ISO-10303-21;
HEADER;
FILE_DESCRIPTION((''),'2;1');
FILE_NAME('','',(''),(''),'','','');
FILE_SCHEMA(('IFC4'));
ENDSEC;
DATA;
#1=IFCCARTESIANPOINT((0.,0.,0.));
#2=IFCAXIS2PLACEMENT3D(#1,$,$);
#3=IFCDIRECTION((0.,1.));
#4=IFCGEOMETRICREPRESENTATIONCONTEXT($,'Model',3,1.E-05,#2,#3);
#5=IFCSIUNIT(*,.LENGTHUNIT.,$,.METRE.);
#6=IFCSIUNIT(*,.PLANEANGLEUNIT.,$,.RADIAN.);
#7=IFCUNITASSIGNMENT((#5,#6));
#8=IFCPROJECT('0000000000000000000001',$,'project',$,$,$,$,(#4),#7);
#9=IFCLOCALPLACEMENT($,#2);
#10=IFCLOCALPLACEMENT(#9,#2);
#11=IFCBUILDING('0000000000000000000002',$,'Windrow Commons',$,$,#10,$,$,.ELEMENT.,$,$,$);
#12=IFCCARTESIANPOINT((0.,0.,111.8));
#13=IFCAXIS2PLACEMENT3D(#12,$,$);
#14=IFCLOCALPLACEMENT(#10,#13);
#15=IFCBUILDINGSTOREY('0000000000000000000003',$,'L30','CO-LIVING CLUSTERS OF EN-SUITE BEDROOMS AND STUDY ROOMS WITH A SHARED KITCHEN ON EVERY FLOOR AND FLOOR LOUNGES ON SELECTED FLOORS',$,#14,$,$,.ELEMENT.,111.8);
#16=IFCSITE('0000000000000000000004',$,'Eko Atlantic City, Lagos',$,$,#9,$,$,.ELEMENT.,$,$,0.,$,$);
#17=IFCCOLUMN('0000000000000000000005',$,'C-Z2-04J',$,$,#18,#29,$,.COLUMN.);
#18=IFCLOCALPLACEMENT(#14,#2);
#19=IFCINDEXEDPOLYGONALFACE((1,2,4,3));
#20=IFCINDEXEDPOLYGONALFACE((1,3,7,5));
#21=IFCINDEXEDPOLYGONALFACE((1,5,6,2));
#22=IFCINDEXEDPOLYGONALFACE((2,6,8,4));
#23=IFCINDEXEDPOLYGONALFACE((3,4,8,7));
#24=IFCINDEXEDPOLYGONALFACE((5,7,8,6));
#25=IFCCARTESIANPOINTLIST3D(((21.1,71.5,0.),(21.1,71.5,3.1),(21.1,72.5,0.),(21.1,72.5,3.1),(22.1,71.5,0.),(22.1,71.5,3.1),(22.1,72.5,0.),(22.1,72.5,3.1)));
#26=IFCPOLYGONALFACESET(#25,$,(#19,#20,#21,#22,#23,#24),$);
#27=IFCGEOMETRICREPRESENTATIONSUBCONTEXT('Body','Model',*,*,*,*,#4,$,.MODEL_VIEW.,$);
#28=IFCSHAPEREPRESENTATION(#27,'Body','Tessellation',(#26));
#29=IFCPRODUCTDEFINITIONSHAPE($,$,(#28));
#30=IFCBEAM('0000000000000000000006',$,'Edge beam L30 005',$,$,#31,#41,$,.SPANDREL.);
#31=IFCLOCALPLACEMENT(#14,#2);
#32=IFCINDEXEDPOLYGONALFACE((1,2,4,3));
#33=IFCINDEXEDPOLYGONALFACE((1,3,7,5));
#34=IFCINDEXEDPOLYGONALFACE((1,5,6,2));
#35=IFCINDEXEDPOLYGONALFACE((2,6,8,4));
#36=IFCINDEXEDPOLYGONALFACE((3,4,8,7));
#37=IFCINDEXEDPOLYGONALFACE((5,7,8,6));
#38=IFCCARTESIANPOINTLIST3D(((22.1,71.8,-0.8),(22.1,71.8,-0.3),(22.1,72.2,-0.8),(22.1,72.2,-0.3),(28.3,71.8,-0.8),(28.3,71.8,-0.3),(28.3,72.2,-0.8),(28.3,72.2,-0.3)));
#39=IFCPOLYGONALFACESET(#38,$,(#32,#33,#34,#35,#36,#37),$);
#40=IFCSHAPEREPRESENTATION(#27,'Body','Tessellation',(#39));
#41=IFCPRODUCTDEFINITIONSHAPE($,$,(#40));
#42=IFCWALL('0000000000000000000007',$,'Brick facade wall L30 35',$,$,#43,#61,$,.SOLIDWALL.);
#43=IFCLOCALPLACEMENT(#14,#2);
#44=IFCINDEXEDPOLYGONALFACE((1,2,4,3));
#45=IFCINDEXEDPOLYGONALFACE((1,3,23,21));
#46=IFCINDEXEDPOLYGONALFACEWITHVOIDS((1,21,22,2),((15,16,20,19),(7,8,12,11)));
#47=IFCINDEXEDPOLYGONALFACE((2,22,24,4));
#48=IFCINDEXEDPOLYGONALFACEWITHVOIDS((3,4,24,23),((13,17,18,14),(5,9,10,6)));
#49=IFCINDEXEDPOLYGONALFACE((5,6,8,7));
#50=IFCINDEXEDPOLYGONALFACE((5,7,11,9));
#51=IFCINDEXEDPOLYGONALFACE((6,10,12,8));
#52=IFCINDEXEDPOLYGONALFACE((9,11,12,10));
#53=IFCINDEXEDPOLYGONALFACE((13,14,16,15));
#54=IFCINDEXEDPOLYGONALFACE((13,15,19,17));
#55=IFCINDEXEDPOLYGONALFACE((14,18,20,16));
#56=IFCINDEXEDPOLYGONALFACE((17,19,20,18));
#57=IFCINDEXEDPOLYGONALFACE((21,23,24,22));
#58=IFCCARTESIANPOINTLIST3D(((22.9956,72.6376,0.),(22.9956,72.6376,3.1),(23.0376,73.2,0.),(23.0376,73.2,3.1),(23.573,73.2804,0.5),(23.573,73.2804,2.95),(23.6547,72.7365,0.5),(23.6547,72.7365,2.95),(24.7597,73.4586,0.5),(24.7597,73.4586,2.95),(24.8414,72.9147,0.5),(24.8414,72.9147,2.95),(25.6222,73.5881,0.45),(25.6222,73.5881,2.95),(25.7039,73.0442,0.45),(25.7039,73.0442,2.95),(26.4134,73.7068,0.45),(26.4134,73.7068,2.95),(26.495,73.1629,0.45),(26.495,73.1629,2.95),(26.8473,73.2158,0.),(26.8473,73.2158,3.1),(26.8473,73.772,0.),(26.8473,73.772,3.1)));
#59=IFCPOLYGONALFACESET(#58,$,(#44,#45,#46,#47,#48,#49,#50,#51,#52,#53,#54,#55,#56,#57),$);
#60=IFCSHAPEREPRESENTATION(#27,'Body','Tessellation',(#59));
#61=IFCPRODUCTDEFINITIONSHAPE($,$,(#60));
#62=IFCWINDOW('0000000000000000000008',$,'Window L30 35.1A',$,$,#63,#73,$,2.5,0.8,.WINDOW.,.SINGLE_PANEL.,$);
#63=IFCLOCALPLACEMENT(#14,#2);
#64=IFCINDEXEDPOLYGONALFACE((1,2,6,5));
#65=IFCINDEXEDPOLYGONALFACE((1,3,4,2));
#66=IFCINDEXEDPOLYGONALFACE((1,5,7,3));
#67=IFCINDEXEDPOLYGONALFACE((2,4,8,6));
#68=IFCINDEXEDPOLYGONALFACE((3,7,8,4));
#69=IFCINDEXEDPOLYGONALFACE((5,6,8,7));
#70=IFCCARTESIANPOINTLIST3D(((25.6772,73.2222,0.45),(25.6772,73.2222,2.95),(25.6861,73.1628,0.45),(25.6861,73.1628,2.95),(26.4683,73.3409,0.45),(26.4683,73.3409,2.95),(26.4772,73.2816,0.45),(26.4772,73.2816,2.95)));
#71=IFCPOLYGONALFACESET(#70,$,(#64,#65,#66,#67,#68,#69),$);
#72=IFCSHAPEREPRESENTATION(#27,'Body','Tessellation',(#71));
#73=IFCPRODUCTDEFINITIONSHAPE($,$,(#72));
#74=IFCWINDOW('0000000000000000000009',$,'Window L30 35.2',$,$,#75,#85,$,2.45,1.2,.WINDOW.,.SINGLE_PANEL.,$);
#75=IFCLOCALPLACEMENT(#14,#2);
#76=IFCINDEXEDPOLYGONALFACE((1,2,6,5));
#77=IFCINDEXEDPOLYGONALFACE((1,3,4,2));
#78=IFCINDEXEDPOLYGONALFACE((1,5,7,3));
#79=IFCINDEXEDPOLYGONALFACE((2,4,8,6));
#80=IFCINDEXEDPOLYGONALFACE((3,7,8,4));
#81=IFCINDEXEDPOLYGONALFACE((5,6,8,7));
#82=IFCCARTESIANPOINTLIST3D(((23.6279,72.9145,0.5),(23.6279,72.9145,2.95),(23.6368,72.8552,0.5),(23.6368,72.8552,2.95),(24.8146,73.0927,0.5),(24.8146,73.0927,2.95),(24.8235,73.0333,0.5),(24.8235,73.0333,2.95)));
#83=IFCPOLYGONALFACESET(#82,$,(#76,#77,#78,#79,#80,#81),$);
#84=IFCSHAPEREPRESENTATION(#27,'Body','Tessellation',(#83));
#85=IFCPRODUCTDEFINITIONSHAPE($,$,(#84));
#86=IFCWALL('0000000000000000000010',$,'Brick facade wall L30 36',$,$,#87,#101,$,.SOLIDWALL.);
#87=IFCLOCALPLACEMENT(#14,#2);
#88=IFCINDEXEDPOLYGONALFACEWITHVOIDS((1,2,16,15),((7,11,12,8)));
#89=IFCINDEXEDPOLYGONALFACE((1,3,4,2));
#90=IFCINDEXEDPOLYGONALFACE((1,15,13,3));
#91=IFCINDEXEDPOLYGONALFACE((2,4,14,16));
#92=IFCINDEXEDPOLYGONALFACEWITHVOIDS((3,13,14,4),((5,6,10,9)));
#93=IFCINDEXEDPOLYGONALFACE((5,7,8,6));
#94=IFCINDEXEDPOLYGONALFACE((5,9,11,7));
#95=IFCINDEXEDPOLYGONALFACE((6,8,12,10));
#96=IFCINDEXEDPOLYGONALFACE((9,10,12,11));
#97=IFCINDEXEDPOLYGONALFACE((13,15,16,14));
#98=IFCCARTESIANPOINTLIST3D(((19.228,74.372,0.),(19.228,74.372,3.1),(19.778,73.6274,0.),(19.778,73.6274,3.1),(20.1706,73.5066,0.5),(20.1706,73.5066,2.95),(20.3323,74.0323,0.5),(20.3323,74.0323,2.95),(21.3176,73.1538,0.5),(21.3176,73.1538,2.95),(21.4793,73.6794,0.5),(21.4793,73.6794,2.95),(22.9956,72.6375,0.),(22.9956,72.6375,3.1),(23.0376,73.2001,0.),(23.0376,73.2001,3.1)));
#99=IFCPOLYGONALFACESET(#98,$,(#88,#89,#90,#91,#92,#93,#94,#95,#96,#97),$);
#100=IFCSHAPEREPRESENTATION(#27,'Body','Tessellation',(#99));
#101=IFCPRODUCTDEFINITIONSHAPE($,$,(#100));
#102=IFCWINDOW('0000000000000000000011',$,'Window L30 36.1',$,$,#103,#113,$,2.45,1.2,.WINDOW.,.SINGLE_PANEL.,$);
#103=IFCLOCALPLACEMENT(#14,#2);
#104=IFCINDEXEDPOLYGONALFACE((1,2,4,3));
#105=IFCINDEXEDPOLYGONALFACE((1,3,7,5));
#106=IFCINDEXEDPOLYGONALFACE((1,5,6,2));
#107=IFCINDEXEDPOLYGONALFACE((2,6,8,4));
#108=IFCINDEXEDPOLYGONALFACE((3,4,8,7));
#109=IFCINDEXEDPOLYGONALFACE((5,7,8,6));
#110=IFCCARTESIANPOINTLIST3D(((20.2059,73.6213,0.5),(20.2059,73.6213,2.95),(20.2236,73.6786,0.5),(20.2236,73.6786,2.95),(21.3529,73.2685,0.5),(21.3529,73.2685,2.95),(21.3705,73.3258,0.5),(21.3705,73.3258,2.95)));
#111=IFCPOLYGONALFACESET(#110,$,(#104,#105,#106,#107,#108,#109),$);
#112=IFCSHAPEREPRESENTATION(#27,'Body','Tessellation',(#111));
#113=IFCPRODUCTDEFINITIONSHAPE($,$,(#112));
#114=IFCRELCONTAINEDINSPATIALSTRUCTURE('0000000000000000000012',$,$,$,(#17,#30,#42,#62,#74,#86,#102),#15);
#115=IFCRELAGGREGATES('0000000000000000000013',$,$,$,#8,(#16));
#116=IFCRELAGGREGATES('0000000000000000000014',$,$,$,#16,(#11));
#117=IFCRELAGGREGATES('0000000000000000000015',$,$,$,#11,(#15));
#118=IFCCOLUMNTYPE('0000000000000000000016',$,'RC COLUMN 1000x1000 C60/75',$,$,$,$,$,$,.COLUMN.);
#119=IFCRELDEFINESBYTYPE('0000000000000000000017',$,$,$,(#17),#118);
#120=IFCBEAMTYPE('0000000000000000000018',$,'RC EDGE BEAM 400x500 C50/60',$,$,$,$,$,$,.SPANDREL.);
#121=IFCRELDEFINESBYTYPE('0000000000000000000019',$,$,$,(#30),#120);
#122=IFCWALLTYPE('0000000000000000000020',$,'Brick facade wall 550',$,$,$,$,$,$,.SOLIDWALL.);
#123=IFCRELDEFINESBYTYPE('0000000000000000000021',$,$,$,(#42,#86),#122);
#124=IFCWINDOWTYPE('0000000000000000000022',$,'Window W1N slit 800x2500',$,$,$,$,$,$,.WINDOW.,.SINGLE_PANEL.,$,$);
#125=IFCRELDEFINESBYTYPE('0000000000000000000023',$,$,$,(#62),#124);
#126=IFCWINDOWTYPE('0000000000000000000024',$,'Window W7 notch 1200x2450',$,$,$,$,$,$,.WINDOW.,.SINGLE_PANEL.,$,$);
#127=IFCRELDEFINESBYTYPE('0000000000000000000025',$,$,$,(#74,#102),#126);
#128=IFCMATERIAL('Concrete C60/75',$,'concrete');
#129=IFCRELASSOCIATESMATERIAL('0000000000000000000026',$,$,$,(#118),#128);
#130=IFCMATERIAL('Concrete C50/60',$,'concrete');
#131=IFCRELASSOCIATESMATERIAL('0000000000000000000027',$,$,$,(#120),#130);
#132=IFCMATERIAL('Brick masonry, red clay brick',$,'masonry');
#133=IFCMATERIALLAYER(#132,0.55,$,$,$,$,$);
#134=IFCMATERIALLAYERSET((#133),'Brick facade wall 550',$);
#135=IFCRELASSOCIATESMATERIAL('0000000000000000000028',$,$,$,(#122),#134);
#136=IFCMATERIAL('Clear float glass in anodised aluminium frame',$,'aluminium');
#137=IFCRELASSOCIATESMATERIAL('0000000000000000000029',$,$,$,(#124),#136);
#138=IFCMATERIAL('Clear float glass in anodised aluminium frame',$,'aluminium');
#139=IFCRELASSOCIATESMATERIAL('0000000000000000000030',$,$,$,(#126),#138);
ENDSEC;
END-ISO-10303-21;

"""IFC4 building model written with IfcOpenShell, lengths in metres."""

from ifc_helpers import new_model, si_unit, direction, frame, frame_2d, origin, origin_2d, place, context, subcontext, project, spatial, polyline, rectangle, outline, extrude, material, layer, layer_set, material_profile, profile_set, type_object, element, fill, save


model = new_model("IFC4")

# Units and contexts
model_context = context("Model", 3, precision=1e-05, world=origin(), true_north=direction((0.0, 1.0)))
body_context = subcontext(model_context, "Body", "Model", "MODEL_VIEW")
ifc_project = project(units=[si_unit("LENGTHUNIT", "METRE"), si_unit("PLANEANGLEUNIT", "RADIAN")], contexts=[model_context])

# Site, building, storey
site_placement = place(None, origin())
site = spatial("IfcSite", under=ifc_project, at=site_placement, Name="Eko Atlantic City, Lagos", CompositionType="ELEMENT", RefElevation=0.0)
building_placement = place(site_placement, origin())
building = spatial("IfcBuilding", under=site, at=building_placement, Name="Windrow Commons", CompositionType="ELEMENT")
storey_placement = place(building_placement, frame((0.0, 0.0, 111.8)))
storey = spatial("IfcBuildingStorey", under=building, at=storey_placement, Name="L30", Description="CO-LIVING CLUSTERS OF EN-SUITE BEDROOMS AND STUDY ROOMS WITH A SHARED KITCHEN ON EVERY FLOOR AND FLOOR LOUNGES ON SELECTED FLOORS", CompositionType="ELEMENT", Elevation=111.8)

# Column
ifc_material_1 = material(Name="Concrete C60/75", Category="concrete")
ifc_material_profile_1 = material_profile(ifc_material_1, rectangle(XDim=1.0, YDim=1.0, at=origin_2d()))
ifc_profile_set_1 = profile_set([ifc_material_profile_1], Name="Concrete C60/75")
column_type = type_object("IfcColumnType", Name="RC COLUMN 1000x1000 C60/75", PredefinedType="COLUMN", material=ifc_profile_set_1)
column_placement = place(storey_placement, frame((21.6, 72.0, 0.0), z_axis=(0.0, 0.0, 1.0), x_axis=(1.0, 0.0, 0.0)))
element("IfcColumn", 1, at=column_placement, inside=storey, type_object=column_type, Name="C-Z2-04J", PredefinedType="COLUMN", context=body_context, shape_type="SweptSolid", body=[
    extrude(rectangle(XDim=1.0, YDim=1.0, at=origin_2d()), origin(), (0.0, 0.0, 1.0), 3.1),
])

# Beam
ifc_material_2 = material(Name="Concrete C50/60", Category="concrete")
ifc_material_profile_2 = material_profile(ifc_material_2, rectangle(XDim=0.4, YDim=0.5, at=origin_2d()))
ifc_profile_set_2 = profile_set([ifc_material_profile_2], Name="Concrete C50/60")
beam_type = type_object("IfcBeamType", Name="RC EDGE BEAM 400x500 C50/60", PredefinedType="SPANDREL", material=ifc_profile_set_2)
beam_placement = place(storey_placement, frame((22.1, 72.0, -0.55), z_axis=(1.0, 0.0, 0.0), x_axis=(0.0, 1.0, 0.0)))
element("IfcBeam", 2, at=beam_placement, inside=storey, type_object=beam_type, Name="Edge beam L30 005", PredefinedType="SPANDREL", context=body_context, shape_type="SweptSolid", body=[
    extrude(rectangle(XDim=0.4, YDim=0.5, at=origin_2d()), origin(), (0.0, 0.0, 1.0), 6.2),
])

# Wall, openings, windows
ifc_material_3 = material(Name="Brick masonry, red clay brick", Category="masonry")
ifc_layer_1 = layer(ifc_material_3, 0.55)
ifc_layer_set_1 = layer_set([ifc_layer_1], Name="Brick facade wall 550")
wall_type_1 = type_object("IfcWallType", Name="Brick facade wall 550", PredefinedType="SOLIDWALL", material=ifc_layer_set_1)
wall_1_placement = place(storey_placement, frame((26.8473, 73.4939, 0.0), z_axis=(0.0, 0.0, 1.0), x_axis=(-0.988918, -0.148465, 0.0)))
wall_1 = element("IfcWall", 3, at=wall_1_placement, inside=storey, type_object=wall_type_1, Name="Brick facade wall L30 35", PredefinedType="SOLIDWALL", context=body_context, shape_type="SweptSolid", body=[
    extrude(outline(polyline([(-0.0413, -0.275), (3.8111, -0.275), (3.9362, 0.275), (0.0413, 0.275), (-0.0413, -0.275)])), origin(), (0.0, 0.0, 1.0), 3.1),
])
opening_1_placement = place(wall_1_placement, frame((2.0697, 0.0, 0.5)))
opening_1 = element("IfcOpeningElement", 4, at=opening_1_placement, cuts=wall_1, PredefinedType="OPENING", context=body_context, shape_type="SweptSolid", body=[
    extrude(rectangle(XDim=1.2, YDim=2.45, at=frame_2d((0.6, 1.225))), frame((0.0, 0.285, 0.0), z_axis=(0.0, -1.0, 0.0), x_axis=(1.0, 0.0, 0.0)), (0.0, 0.0, 1.0), 0.57),
])
opening_2_placement = place(wall_1_placement, frame((0.3975, 0.0, 0.45)))
opening_2 = element("IfcOpeningElement", 5, at=opening_2_placement, cuts=wall_1, PredefinedType="OPENING", context=body_context, shape_type="SweptSolid", body=[
    extrude(rectangle(XDim=0.8, YDim=2.5, at=frame_2d((0.4, 1.25))), frame((0.0, 0.285, 0.0), z_axis=(0.0, -1.0, 0.0), x_axis=(1.0, 0.0, 0.0)), (0.0, 0.0, 1.0), 0.57),
])
ifc_material_4 = material(Name="Clear float glass in anodised aluminium frame", Category="aluminium")
window_type_1 = type_object("IfcWindowType", Name="Window W1N slit 800x2500", PartitioningType="SINGLE_PANEL", PredefinedType="WINDOW", material=ifc_material_4)
window_1_placement = place(opening_2_placement, origin())
window_1 = element("IfcWindow", 6, at=window_1_placement, inside=storey, type_object=window_type_1, Name="Window L30 35.1A", OverallHeight=2.5, OverallWidth=0.8, PartitioningType="SINGLE_PANEL", PredefinedType="WINDOW", context=body_context, shape_type="SweptSolid", body=[
    extrude(rectangle(XDim=0.8, YDim=2.5, at=frame_2d((0.4, 1.25))), frame((0.0, 0.155, 0.0), z_axis=(0.0, -1.0, 0.0), x_axis=(1.0, 0.0, 0.0)), (0.0, 0.0, 1.0), 0.06),
])
fill(opening_2, window_1)
ifc_material_5 = material(Name="Clear float glass in anodised aluminium frame", Category="aluminium")
window_type_2 = type_object("IfcWindowType", Name="Window W7 notch 1200x2450", PartitioningType="SINGLE_PANEL", PredefinedType="WINDOW", material=ifc_material_5)
window_2_placement = place(opening_1_placement, origin())
window_2 = element("IfcWindow", 7, at=window_2_placement, inside=storey, type_object=window_type_2, Name="Window L30 35.2", OverallHeight=2.45, OverallWidth=1.2, PartitioningType="SINGLE_PANEL", PredefinedType="WINDOW", context=body_context, shape_type="SweptSolid", body=[
    extrude(rectangle(XDim=1.2, YDim=2.45, at=frame_2d((0.6, 1.225))), frame((0.0, 0.155, 0.0), z_axis=(0.0, -1.0, 0.0), x_axis=(1.0, 0.0, 0.0)), (0.0, 0.0, 1.0), 0.06),
])
fill(opening_1, window_2)

# Wall, opening, window
wall_2_placement = place(storey_placement, frame((23.0166, 72.9188, 0.0), z_axis=(0.0, 0.0, 1.0), x_axis=(-0.955795, 0.294034, 0.0)))
wall_2 = element("IfcWall", 8, at=wall_2_placement, inside=storey, type_object=wall_type_1, Name="Brick facade wall L30 36", PredefinedType="SOLIDWALL", context=body_context, shape_type="SweptSolid", body=[
    extrude(outline(polyline([(0.0626, -0.275), (4.0484, -0.275), (3.3038, 0.275), (-0.0626, 0.275), (0.0626, -0.275)])), origin(), (0.0, 0.0, 1.0), 3.1),
])
opening_3_placement = place(wall_2_placement, frame((1.693, 0.0, 0.5)))
opening_3 = element("IfcOpeningElement", 9, at=opening_3_placement, cuts=wall_2, PredefinedType="OPENING", context=body_context, shape_type="SweptSolid", body=[
    extrude(rectangle(XDim=1.2, YDim=2.45, at=frame_2d((0.6, 1.225))), frame((0.0, 0.285, 0.0), z_axis=(0.0, -1.0, 0.0), x_axis=(1.0, 0.0, 0.0)), (0.0, 0.0, 1.0), 0.57),
])
window_3_placement = place(opening_3_placement, origin())
window_3 = element("IfcWindow", 10, at=window_3_placement, inside=storey, type_object=window_type_2, Name="Window L30 36.1", OverallHeight=2.45, OverallWidth=1.2, PartitioningType="SINGLE_PANEL", PredefinedType="WINDOW", context=body_context, shape_type="SweptSolid", body=[
    extrude(rectangle(XDim=1.2, YDim=2.45, at=frame_2d((0.6, 1.225))), frame((0.0, 0.155, 0.0), z_axis=(0.0, -1.0, 0.0), x_axis=(1.0, 0.0, 0.0)), (0.0, 0.0, 1.0), 0.06),
])
fill(opening_3, window_3)

save(model, "model.ifc")
